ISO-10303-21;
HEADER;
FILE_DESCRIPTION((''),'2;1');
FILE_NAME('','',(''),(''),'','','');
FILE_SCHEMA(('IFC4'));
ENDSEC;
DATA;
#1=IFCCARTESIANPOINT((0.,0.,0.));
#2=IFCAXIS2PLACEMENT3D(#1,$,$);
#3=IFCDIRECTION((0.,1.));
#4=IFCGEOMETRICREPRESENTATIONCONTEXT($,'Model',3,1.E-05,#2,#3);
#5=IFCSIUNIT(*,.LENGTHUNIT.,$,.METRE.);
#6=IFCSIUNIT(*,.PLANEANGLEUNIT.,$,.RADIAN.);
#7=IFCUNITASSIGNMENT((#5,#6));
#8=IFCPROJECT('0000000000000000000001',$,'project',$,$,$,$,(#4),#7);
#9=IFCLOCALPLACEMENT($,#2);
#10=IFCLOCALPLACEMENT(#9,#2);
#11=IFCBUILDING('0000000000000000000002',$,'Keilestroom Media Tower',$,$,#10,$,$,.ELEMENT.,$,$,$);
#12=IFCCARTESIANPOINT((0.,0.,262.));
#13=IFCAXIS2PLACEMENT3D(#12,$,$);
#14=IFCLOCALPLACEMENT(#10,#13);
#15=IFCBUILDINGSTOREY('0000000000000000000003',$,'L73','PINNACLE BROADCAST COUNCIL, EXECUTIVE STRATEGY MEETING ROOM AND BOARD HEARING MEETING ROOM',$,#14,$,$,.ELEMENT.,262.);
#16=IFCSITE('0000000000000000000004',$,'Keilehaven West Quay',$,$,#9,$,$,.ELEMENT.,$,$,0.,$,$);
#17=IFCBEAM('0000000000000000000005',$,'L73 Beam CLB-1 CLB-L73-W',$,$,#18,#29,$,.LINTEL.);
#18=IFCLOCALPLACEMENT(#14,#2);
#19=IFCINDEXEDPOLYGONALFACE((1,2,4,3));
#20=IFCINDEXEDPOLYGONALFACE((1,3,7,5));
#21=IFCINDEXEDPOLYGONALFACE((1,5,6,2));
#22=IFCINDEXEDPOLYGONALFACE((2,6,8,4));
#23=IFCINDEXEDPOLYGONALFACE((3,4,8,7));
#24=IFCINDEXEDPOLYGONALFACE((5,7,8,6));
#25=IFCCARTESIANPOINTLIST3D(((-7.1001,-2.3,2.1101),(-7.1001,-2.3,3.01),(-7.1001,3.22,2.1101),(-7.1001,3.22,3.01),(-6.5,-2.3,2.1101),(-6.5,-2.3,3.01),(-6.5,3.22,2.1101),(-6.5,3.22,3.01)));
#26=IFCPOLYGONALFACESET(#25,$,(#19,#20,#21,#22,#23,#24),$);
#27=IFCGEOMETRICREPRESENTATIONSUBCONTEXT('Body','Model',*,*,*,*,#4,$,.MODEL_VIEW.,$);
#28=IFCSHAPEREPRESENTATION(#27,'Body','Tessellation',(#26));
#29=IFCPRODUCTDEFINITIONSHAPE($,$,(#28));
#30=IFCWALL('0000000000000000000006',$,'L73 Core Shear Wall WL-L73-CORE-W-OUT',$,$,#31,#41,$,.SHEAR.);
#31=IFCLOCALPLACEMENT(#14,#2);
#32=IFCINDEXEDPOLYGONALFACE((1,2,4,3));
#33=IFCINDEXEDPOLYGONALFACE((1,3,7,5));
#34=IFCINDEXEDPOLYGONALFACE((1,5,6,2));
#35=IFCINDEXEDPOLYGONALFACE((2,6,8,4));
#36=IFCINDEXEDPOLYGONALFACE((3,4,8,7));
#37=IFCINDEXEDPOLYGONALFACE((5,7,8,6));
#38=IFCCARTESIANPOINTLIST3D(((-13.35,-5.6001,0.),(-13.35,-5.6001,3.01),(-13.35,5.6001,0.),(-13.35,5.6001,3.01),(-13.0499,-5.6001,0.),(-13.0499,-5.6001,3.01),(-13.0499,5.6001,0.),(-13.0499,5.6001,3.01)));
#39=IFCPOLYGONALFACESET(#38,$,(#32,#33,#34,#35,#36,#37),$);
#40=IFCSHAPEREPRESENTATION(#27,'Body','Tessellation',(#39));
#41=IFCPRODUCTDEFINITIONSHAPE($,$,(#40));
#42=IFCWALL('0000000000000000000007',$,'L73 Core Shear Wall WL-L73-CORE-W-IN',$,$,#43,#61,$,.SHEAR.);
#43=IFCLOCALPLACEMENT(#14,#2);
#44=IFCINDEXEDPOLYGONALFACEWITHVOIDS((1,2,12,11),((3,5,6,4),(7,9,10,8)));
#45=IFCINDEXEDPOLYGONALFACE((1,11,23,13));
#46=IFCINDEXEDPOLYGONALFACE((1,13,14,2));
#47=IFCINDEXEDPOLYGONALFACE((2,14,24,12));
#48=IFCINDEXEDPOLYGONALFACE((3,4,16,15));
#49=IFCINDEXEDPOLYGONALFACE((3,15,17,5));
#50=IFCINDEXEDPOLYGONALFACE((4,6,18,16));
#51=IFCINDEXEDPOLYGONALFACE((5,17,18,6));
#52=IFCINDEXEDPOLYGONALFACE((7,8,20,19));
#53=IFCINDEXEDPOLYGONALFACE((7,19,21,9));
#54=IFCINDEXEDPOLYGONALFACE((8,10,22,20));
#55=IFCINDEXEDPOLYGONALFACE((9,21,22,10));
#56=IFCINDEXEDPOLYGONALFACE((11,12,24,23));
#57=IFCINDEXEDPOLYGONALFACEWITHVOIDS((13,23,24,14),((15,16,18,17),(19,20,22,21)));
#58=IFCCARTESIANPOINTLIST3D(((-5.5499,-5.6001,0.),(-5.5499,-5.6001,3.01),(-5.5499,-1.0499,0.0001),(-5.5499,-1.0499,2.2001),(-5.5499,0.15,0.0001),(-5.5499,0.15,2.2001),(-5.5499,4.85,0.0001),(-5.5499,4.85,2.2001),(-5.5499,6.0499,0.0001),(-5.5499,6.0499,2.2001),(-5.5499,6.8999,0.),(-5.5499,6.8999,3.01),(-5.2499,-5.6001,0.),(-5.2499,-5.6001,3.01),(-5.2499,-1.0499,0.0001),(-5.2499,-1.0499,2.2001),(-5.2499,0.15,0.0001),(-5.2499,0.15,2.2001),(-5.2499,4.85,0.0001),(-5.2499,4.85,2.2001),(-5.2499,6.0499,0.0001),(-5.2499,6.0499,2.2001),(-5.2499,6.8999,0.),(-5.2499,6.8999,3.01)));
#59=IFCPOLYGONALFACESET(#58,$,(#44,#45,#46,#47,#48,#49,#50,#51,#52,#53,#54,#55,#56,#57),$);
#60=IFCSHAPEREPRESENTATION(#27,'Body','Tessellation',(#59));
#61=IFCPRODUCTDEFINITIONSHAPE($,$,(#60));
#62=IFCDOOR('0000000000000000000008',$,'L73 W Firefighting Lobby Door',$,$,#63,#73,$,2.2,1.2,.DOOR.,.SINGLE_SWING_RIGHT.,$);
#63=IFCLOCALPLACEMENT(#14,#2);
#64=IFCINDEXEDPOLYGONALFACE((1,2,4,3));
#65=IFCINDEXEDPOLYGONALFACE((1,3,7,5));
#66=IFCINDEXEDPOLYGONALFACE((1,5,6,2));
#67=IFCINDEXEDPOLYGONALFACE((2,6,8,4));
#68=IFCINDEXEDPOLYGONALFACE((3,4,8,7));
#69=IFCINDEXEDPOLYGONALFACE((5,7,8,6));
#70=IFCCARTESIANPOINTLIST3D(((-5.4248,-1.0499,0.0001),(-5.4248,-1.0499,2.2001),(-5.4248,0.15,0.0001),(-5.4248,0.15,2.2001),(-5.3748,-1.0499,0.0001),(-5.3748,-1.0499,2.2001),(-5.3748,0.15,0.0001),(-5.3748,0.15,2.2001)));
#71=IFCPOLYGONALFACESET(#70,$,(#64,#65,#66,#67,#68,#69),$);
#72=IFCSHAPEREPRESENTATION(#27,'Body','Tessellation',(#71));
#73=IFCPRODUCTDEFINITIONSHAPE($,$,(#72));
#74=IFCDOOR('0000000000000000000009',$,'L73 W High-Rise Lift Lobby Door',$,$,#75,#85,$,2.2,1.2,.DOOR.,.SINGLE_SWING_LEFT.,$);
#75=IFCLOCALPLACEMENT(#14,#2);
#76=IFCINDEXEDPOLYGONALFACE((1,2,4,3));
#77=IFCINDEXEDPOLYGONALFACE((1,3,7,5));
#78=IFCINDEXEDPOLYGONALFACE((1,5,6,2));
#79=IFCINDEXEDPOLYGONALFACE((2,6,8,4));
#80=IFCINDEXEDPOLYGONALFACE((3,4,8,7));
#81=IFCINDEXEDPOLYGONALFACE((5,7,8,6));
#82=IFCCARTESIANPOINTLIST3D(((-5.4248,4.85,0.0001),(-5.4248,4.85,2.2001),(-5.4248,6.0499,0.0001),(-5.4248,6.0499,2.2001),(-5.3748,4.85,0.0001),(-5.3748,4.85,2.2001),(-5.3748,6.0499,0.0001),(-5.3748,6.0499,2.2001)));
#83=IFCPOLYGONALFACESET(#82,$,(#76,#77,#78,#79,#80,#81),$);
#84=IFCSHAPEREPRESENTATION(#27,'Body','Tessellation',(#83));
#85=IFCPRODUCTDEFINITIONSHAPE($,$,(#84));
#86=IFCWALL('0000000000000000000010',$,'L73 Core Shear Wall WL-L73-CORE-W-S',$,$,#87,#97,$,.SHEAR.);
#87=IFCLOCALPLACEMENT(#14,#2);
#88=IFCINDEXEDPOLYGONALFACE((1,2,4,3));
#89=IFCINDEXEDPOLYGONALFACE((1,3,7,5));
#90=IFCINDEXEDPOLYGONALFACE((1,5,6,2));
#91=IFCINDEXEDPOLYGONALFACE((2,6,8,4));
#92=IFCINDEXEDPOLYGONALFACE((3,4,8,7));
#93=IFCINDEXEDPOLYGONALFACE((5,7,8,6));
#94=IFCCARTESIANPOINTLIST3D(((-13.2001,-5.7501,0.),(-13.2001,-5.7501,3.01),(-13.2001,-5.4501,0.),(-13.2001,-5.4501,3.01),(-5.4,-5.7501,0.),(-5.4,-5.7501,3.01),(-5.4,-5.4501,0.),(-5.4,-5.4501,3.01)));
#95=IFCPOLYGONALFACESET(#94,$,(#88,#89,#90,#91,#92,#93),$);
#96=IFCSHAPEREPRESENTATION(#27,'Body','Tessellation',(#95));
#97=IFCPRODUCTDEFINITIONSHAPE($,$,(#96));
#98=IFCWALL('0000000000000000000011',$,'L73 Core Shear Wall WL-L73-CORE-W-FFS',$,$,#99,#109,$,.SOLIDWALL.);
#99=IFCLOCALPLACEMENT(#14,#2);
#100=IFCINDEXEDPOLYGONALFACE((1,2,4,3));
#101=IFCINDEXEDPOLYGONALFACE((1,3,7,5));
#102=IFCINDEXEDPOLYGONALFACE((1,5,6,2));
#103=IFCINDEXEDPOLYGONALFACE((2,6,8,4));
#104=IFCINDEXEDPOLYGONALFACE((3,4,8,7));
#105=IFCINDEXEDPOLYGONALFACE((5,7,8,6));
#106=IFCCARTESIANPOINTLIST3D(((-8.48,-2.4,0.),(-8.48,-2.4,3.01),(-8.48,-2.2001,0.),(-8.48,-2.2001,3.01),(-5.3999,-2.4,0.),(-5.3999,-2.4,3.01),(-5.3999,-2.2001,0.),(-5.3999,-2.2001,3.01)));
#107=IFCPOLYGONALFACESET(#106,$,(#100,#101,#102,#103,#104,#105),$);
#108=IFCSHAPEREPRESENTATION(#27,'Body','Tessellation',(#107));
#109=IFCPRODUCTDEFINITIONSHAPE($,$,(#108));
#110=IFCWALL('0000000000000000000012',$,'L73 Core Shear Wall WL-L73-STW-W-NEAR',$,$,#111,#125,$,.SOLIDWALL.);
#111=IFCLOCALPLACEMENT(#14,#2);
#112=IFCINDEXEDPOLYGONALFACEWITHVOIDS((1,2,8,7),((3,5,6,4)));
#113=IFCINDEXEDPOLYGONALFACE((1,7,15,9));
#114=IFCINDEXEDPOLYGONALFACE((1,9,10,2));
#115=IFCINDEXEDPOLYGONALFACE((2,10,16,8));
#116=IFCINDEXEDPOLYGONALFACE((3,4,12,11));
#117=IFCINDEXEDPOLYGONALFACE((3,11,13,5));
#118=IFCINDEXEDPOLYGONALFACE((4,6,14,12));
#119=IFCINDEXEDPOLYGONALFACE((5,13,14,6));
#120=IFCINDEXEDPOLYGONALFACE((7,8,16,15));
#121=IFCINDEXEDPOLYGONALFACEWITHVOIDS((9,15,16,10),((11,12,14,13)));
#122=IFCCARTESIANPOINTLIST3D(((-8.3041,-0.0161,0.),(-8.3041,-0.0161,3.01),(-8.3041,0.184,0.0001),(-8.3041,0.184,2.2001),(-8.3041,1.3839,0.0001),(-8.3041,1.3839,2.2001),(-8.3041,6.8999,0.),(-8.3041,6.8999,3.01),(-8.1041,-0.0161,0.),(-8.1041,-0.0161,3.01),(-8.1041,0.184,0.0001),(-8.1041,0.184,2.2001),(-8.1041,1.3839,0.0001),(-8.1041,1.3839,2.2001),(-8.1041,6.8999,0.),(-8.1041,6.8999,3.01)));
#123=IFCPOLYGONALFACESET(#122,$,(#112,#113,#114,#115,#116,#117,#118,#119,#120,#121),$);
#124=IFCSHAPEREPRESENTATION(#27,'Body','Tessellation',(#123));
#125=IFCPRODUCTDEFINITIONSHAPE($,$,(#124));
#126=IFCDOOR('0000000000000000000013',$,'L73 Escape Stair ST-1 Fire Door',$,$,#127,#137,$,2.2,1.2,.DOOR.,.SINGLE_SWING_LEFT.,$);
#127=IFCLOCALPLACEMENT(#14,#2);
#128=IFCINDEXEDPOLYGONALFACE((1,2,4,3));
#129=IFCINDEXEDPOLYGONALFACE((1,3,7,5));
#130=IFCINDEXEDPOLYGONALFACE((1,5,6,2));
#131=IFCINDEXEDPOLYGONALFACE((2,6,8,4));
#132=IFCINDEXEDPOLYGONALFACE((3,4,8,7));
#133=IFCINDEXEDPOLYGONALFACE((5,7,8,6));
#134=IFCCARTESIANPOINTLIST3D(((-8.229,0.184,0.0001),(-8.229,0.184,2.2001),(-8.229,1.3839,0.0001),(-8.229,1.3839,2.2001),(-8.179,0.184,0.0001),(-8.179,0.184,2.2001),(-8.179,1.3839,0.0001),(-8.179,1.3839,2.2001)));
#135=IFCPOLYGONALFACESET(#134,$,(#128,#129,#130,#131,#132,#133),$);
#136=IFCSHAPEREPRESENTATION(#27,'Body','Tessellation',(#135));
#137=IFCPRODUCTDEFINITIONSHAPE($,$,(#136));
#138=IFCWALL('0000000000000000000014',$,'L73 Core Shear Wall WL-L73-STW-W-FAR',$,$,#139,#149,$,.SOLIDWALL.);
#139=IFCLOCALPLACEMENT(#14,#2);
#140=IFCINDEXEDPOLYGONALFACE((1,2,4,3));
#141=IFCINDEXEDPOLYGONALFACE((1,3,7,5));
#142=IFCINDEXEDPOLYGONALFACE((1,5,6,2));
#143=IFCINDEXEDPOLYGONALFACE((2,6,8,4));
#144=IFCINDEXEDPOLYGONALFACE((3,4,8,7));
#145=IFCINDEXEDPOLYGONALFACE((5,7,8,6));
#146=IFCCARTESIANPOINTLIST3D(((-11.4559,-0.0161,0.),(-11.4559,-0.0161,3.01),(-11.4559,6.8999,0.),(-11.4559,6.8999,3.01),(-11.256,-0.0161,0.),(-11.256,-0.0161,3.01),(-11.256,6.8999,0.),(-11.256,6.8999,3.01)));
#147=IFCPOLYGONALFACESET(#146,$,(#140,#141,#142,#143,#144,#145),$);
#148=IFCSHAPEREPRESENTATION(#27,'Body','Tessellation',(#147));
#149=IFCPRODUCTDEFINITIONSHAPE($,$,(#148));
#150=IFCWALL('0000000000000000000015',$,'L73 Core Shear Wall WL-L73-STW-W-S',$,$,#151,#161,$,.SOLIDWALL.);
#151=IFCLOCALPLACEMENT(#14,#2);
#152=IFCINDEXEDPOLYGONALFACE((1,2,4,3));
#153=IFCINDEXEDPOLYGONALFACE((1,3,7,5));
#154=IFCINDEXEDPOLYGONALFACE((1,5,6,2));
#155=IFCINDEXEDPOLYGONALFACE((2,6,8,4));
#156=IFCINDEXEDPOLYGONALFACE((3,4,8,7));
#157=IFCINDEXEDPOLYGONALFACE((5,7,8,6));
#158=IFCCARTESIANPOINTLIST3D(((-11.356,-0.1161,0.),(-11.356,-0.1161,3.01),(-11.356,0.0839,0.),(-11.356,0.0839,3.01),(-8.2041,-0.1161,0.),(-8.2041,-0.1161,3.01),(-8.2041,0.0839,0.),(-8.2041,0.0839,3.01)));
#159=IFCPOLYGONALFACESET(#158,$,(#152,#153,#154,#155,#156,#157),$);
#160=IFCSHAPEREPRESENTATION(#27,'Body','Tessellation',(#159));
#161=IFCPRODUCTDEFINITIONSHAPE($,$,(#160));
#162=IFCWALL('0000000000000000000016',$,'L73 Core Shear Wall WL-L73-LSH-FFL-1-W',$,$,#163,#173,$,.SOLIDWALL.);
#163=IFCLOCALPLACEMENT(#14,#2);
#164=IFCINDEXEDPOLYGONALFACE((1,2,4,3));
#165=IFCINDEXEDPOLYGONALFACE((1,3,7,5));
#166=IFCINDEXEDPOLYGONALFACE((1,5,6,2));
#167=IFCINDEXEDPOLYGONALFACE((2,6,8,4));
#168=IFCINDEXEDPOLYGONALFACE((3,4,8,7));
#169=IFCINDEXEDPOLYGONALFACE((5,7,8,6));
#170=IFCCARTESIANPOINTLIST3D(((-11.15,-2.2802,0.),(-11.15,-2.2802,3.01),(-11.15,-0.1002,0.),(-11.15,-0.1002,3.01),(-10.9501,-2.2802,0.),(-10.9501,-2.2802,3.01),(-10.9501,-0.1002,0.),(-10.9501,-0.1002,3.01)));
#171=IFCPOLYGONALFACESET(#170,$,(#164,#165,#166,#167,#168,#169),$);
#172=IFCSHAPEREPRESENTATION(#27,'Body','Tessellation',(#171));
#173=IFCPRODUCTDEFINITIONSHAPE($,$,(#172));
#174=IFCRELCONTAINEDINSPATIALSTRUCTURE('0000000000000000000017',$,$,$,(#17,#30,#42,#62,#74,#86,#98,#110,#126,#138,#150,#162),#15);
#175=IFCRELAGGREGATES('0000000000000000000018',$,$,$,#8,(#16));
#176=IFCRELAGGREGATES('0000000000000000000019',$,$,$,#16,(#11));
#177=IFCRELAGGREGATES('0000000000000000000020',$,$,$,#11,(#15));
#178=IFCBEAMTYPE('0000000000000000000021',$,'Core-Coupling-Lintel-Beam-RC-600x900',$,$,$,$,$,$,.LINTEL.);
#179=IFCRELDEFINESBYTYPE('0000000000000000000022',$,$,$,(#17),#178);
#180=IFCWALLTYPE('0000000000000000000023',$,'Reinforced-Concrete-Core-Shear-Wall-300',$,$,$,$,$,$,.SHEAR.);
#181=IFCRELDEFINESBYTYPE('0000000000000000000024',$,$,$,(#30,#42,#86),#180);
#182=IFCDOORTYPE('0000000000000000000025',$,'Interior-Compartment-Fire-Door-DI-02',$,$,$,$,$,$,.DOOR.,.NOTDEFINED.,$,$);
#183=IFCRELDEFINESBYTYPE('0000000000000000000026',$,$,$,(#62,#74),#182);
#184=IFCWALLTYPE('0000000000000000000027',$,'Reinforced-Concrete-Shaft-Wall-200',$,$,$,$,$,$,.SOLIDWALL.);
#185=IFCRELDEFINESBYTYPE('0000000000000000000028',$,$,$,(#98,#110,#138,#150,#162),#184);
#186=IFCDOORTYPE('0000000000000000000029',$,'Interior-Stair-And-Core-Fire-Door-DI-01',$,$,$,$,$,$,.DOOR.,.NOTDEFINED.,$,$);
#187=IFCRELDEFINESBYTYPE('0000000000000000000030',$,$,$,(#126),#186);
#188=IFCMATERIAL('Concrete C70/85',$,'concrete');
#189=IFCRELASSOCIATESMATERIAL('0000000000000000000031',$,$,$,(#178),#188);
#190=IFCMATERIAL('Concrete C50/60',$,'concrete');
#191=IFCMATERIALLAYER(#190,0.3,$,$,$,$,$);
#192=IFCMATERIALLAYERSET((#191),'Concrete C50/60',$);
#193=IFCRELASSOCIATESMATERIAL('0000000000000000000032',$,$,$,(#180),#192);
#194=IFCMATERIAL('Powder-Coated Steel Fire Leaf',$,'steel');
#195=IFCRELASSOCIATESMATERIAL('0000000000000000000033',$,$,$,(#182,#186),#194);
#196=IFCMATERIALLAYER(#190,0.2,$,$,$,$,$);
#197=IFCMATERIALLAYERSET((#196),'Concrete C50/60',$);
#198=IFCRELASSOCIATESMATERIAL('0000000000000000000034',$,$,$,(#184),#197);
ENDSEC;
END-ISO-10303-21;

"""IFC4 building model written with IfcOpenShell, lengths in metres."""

from ifc_helpers import new_model, si_unit, direction, frame, frame_2d, origin, origin_2d, place, context, subcontext, project, spatial, rectangle, extrude, source, transform, mapped, material, layer, layer_set, material_profile, profile_set, type_object, element, fill, save


model = new_model("IFC4")

# Units and contexts
model_context = context("Model", 3, precision=1e-05, world=origin(), true_north=direction((0.0, 1.0)))
body_context = subcontext(model_context, "Body", "Model", "MODEL_VIEW")
ifc_project = project(units=[si_unit("LENGTHUNIT", "METRE"), si_unit("PLANEANGLEUNIT", "RADIAN")], contexts=[model_context])

# Site, building, storey
site_placement = place(None, origin())
site = spatial("IfcSite", under=ifc_project, at=site_placement, Name="Keilehaven West Quay", CompositionType="ELEMENT", RefElevation=0.0)
building_placement = place(site_placement, origin())
building = spatial("IfcBuilding", under=site, at=building_placement, Name="Keilestroom Media Tower", CompositionType="ELEMENT")
storey_placement = place(building_placement, frame((0.0, 0.0, 262.0)))
storey = spatial("IfcBuildingStorey", under=building, at=storey_placement, Name="L73", Description="PINNACLE BROADCAST COUNCIL, EXECUTIVE STRATEGY MEETING ROOM AND BOARD HEARING MEETING ROOM", CompositionType="ELEMENT", Elevation=262.0)

# Beam
ifc_material_1 = material(Name="Concrete C70/85", Category="concrete")
ifc_material_profile = material_profile(ifc_material_1, rectangle(XDim=0.6001, YDim=0.8999, at=origin_2d()), Name="RC 600x900")
ifc_profile_set = profile_set([ifc_material_profile], Name="Concrete C70/85")
beam_type = type_object("IfcBeamType", Name="Core-Coupling-Lintel-Beam-RC-600x900", PredefinedType="LINTEL", material=ifc_profile_set)
shared_shape_1 = source(origin(), body_context, "Body", "SweptSolid", [
    extrude(rectangle(XDim=0.6001, YDim=0.8999, at=origin_2d()), origin(), (0.0, 0.0, 1.0), 5.52),
])
beam_placement = place(storey_placement, frame((-6.8, -2.3, 2.5601), z_axis=(0.0, 1.0, 0.0), x_axis=(-1.0, 0.0, 0.0)))
element("IfcBeam", 1, at=beam_placement, inside=storey, type_object=beam_type, Name="L73 Beam CLB-1 CLB-L73-W", PredefinedType="LINTEL", context=body_context, shape_type="MappedRepresentation", body=[
    mapped(shared_shape_1, transform((0.0, 0.0, 0.0), x_axis=(1.0, 0.0, 0.0), y_axis=(0.0, 1.0, 0.0), z_axis=(0.0, 0.0, 1.0), scale=1.0)),
])

# Wall
ifc_material_2 = material(Name="Concrete C50/60", Category="concrete")
ifc_layer_1 = layer(ifc_material_2, 0.3)
ifc_layer_set_1 = layer_set([ifc_layer_1], Name="Concrete C50/60")
wall_type_1 = type_object("IfcWallType", Name="Reinforced-Concrete-Core-Shear-Wall-300", PredefinedType="SHEAR", material=ifc_layer_set_1)
wall_1_placement = place(storey_placement, frame((-13.2, -5.6001, 0.0), z_axis=(0.0, 0.0, 1.0), x_axis=(0.0, 1.0, 0.0)))
element("IfcWall", 2, at=wall_1_placement, inside=storey, type_object=wall_type_1, Name="L73 Core Shear Wall WL-L73-CORE-W-OUT", PredefinedType="SHEAR", context=body_context, shape_type="SweptSolid", body=[
    extrude(rectangle(XDim=11.2002, YDim=0.3, at=frame_2d((5.6001, 0.0))), origin(), (0.0, 0.0, 1.0), 3.01),
])

# Wall, openings, doors
wall_2_placement = place(storey_placement, frame((-5.3999, -5.6001, 0.0), z_axis=(0.0, 0.0, 1.0), x_axis=(0.0, 1.0, 0.0)))
wall_2 = element("IfcWall", 3, at=wall_2_placement, inside=storey, type_object=wall_type_1, Name="L73 Core Shear Wall WL-L73-CORE-W-IN", PredefinedType="SHEAR", context=body_context, shape_type="SweptSolid", body=[
    extrude(rectangle(XDim=12.5, YDim=0.3, at=frame_2d((6.25, 0.0))), origin(), (0.0, 0.0, 1.0), 3.01),
])
opening_1_placement = place(wall_2_placement, frame((4.55, 0.0, 0.0)))
opening_1 = element("IfcOpeningElement", 4, at=opening_1_placement, cuts=wall_2, PredefinedType="OPENING", context=body_context, shape_type="SweptSolid", body=[
    extrude(rectangle(XDim=1.2, YDim=2.2, at=frame_2d((0.6001, 1.1001))), frame((0.0, 0.1602, 0.0), z_axis=(0.0, -1.0, 0.0), x_axis=(1.0, 0.0, 0.0)), (0.0, 0.0, 1.0), 0.3201),
])
opening_2_placement = place(wall_2_placement, frame((10.45, 0.0, 0.0)))
opening_2 = element("IfcOpeningElement", 5, at=opening_2_placement, cuts=wall_2, PredefinedType="OPENING", context=body_context, shape_type="SweptSolid", body=[
    extrude(rectangle(XDim=1.2, YDim=2.2, at=frame_2d((0.6001, 1.1001))), frame((0.0, 0.1602, 0.0), z_axis=(0.0, -1.0, 0.0), x_axis=(1.0, 0.0, 0.0)), (0.0, 0.0, 1.0), 0.3201),
])
ifc_material_3 = material(Name="Powder-Coated Steel Fire Leaf", Category="steel")
door_type_1 = type_object("IfcDoorType", Name="Interior-Compartment-Fire-Door-DI-02", OperationType="NOTDEFINED", PredefinedType="DOOR", material=ifc_material_3)
shared_shape_2 = source(origin(), body_context, "Body", "SweptSolid", [
    extrude(rectangle(XDim=1.2, YDim=2.2, at=frame_2d((0.6001, 1.1001))), frame((0.0, 0.0249, 0.0), z_axis=(0.0, -1.0, 0.0), x_axis=(1.0, 0.0, 0.0)), (0.0, 0.0, 1.0), 0.05),
])
door_1_placement = place(opening_1_placement, origin())
door_1 = element("IfcDoor", 6, at=door_1_placement, inside=storey, type_object=door_type_1, Name="L73 W Firefighting Lobby Door", OperationType="SINGLE_SWING_RIGHT", OverallHeight=2.2, OverallWidth=1.2, PredefinedType="DOOR", context=body_context, shape_type="MappedRepresentation", body=[
    mapped(shared_shape_2, transform((0.0, 0.0, 0.0), x_axis=(1.0, 0.0, 0.0), y_axis=(0.0, 1.0, 0.0), z_axis=(0.0, 0.0, 1.0), scale=1.0)),
])
fill(opening_1, door_1)
door_2_placement = place(opening_2_placement, origin())
door_2 = element("IfcDoor", 7, at=door_2_placement, inside=storey, type_object=door_type_1, Name="L73 W High-Rise Lift Lobby Door", OperationType="SINGLE_SWING_LEFT", OverallHeight=2.2, OverallWidth=1.2, PredefinedType="DOOR", context=body_context, shape_type="MappedRepresentation", body=[
    mapped(shared_shape_2, transform((0.0, 0.0, 0.0), x_axis=(1.0, 0.0, 0.0), y_axis=(0.0, 1.0, 0.0), z_axis=(0.0, 0.0, 1.0), scale=1.0)),
])
fill(opening_2, door_2)

# Walls
wall_3_placement = place(storey_placement, frame((-13.2, -5.6001, 0.0), z_axis=(0.0, 0.0, 1.0), x_axis=(1.0, 0.0, 0.0)))
element("IfcWall", 8, at=wall_3_placement, inside=storey, type_object=wall_type_1, Name="L73 Core Shear Wall WL-L73-CORE-W-S", PredefinedType="SHEAR", context=body_context, shape_type="SweptSolid", body=[
    extrude(rectangle(XDim=7.8, YDim=0.3, at=frame_2d((3.8999, 0.0))), origin(), (0.0, 0.0, 1.0), 3.01),
])
ifc_layer_2 = layer(ifc_material_2, 0.2)
ifc_layer_set_2 = layer_set([ifc_layer_2], Name="Concrete C50/60")
wall_type_2 = type_object("IfcWallType", Name="Reinforced-Concrete-Shaft-Wall-200", PredefinedType="SOLIDWALL", material=ifc_layer_set_2)
wall_4_placement = place(storey_placement, frame((-8.48, -2.3, 0.0), z_axis=(0.0, 0.0, 1.0), x_axis=(1.0, 0.0, 0.0)))
element("IfcWall", 9, at=wall_4_placement, inside=storey, type_object=wall_type_2, Name="L73 Core Shear Wall WL-L73-CORE-W-FFS", PredefinedType="SOLIDWALL", context=body_context, shape_type="SweptSolid", body=[
    extrude(rectangle(XDim=3.0801, YDim=0.2, at=frame_2d((1.54, 0.0))), origin(), (0.0, 0.0, 1.0), 3.01),
])

# Wall, opening, door
wall_5_placement = place(storey_placement, frame((-8.2041, -0.0161, 0.0), z_axis=(0.0, 0.0, 1.0), x_axis=(0.0, 1.0, 0.0)))
wall_5 = element("IfcWall", 10, at=wall_5_placement, inside=storey, type_object=wall_type_2, Name="L73 Core Shear Wall WL-L73-STW-W-NEAR", PredefinedType="SOLIDWALL", context=body_context, shape_type="SweptSolid", body=[
    extrude(rectangle(XDim=6.916, YDim=0.2, at=frame_2d((3.458, 0.0))), origin(), (0.0, 0.0, 1.0), 3.01),
])
opening_3_placement = place(wall_5_placement, frame((0.2, 0.0, 0.0)))
opening_3 = element("IfcOpeningElement", 11, at=opening_3_placement, cuts=wall_5, PredefinedType="OPENING", context=body_context, shape_type="SweptSolid", body=[
    extrude(rectangle(XDim=1.2, YDim=2.2, at=frame_2d((0.6001, 1.1001))), frame((0.0, 0.1099, 0.0), z_axis=(0.0, -1.0, 0.0), x_axis=(1.0, 0.0, 0.0)), (0.0, 0.0, 1.0), 0.22),
])
door_type_2 = type_object("IfcDoorType", Name="Interior-Stair-And-Core-Fire-Door-DI-01", OperationType="NOTDEFINED", PredefinedType="DOOR", material=ifc_material_3)
door_3_placement = place(opening_3_placement, origin())
door_3 = element("IfcDoor", 12, at=door_3_placement, inside=storey, type_object=door_type_2, Name="L73 Escape Stair ST-1 Fire Door", OperationType="SINGLE_SWING_LEFT", OverallHeight=2.2, OverallWidth=1.2, PredefinedType="DOOR", context=body_context, shape_type="MappedRepresentation", body=[
    mapped(shared_shape_2, transform((0.0, 0.0, 0.0), x_axis=(1.0, 0.0, 0.0), y_axis=(0.0, 1.0, 0.0), z_axis=(0.0, 0.0, 1.0), scale=1.0)),
])
fill(opening_3, door_3)

# Walls
wall_6_placement = place(storey_placement, frame((-11.356, -0.0161, 0.0), z_axis=(0.0, 0.0, 1.0), x_axis=(0.0, 1.0, 0.0)))
element("IfcWall", 13, at=wall_6_placement, inside=storey, type_object=wall_type_2, Name="L73 Core Shear Wall WL-L73-STW-W-FAR", PredefinedType="SOLIDWALL", context=body_context, shape_type="SweptSolid", body=[
    extrude(rectangle(XDim=6.916, YDim=0.2, at=frame_2d((3.458, 0.0))), origin(), (0.0, 0.0, 1.0), 3.01),
])
wall_7_placement = place(storey_placement, frame((-11.356, -0.0161, 0.0), z_axis=(0.0, 0.0, 1.0), x_axis=(1.0, 0.0, 0.0)))
element("IfcWall", 14, at=wall_7_placement, inside=storey, type_object=wall_type_2, Name="L73 Core Shear Wall WL-L73-STW-W-S", PredefinedType="SOLIDWALL", context=body_context, shape_type="SweptSolid", body=[
    extrude(rectangle(XDim=3.1519, YDim=0.2, at=frame_2d((1.5759, 0.0))), origin(), (0.0, 0.0, 1.0), 3.01),
])
wall_8_placement = place(storey_placement, frame((-11.05, -2.28, 0.0), z_axis=(0.0, 0.0, 1.0), x_axis=(0.0, 1.0, 0.0)))
element("IfcWall", 15, at=wall_8_placement, inside=storey, type_object=wall_type_2, Name="L73 Core Shear Wall WL-L73-LSH-FFL-1-W", PredefinedType="SOLIDWALL", context=body_context, shape_type="SweptSolid", body=[
    extrude(rectangle(XDim=2.1799, YDim=0.2, at=frame_2d((1.0898, 0.0))), origin(), (0.0, 0.0, 1.0), 3.01),
])

save(model, "model.ifc")
